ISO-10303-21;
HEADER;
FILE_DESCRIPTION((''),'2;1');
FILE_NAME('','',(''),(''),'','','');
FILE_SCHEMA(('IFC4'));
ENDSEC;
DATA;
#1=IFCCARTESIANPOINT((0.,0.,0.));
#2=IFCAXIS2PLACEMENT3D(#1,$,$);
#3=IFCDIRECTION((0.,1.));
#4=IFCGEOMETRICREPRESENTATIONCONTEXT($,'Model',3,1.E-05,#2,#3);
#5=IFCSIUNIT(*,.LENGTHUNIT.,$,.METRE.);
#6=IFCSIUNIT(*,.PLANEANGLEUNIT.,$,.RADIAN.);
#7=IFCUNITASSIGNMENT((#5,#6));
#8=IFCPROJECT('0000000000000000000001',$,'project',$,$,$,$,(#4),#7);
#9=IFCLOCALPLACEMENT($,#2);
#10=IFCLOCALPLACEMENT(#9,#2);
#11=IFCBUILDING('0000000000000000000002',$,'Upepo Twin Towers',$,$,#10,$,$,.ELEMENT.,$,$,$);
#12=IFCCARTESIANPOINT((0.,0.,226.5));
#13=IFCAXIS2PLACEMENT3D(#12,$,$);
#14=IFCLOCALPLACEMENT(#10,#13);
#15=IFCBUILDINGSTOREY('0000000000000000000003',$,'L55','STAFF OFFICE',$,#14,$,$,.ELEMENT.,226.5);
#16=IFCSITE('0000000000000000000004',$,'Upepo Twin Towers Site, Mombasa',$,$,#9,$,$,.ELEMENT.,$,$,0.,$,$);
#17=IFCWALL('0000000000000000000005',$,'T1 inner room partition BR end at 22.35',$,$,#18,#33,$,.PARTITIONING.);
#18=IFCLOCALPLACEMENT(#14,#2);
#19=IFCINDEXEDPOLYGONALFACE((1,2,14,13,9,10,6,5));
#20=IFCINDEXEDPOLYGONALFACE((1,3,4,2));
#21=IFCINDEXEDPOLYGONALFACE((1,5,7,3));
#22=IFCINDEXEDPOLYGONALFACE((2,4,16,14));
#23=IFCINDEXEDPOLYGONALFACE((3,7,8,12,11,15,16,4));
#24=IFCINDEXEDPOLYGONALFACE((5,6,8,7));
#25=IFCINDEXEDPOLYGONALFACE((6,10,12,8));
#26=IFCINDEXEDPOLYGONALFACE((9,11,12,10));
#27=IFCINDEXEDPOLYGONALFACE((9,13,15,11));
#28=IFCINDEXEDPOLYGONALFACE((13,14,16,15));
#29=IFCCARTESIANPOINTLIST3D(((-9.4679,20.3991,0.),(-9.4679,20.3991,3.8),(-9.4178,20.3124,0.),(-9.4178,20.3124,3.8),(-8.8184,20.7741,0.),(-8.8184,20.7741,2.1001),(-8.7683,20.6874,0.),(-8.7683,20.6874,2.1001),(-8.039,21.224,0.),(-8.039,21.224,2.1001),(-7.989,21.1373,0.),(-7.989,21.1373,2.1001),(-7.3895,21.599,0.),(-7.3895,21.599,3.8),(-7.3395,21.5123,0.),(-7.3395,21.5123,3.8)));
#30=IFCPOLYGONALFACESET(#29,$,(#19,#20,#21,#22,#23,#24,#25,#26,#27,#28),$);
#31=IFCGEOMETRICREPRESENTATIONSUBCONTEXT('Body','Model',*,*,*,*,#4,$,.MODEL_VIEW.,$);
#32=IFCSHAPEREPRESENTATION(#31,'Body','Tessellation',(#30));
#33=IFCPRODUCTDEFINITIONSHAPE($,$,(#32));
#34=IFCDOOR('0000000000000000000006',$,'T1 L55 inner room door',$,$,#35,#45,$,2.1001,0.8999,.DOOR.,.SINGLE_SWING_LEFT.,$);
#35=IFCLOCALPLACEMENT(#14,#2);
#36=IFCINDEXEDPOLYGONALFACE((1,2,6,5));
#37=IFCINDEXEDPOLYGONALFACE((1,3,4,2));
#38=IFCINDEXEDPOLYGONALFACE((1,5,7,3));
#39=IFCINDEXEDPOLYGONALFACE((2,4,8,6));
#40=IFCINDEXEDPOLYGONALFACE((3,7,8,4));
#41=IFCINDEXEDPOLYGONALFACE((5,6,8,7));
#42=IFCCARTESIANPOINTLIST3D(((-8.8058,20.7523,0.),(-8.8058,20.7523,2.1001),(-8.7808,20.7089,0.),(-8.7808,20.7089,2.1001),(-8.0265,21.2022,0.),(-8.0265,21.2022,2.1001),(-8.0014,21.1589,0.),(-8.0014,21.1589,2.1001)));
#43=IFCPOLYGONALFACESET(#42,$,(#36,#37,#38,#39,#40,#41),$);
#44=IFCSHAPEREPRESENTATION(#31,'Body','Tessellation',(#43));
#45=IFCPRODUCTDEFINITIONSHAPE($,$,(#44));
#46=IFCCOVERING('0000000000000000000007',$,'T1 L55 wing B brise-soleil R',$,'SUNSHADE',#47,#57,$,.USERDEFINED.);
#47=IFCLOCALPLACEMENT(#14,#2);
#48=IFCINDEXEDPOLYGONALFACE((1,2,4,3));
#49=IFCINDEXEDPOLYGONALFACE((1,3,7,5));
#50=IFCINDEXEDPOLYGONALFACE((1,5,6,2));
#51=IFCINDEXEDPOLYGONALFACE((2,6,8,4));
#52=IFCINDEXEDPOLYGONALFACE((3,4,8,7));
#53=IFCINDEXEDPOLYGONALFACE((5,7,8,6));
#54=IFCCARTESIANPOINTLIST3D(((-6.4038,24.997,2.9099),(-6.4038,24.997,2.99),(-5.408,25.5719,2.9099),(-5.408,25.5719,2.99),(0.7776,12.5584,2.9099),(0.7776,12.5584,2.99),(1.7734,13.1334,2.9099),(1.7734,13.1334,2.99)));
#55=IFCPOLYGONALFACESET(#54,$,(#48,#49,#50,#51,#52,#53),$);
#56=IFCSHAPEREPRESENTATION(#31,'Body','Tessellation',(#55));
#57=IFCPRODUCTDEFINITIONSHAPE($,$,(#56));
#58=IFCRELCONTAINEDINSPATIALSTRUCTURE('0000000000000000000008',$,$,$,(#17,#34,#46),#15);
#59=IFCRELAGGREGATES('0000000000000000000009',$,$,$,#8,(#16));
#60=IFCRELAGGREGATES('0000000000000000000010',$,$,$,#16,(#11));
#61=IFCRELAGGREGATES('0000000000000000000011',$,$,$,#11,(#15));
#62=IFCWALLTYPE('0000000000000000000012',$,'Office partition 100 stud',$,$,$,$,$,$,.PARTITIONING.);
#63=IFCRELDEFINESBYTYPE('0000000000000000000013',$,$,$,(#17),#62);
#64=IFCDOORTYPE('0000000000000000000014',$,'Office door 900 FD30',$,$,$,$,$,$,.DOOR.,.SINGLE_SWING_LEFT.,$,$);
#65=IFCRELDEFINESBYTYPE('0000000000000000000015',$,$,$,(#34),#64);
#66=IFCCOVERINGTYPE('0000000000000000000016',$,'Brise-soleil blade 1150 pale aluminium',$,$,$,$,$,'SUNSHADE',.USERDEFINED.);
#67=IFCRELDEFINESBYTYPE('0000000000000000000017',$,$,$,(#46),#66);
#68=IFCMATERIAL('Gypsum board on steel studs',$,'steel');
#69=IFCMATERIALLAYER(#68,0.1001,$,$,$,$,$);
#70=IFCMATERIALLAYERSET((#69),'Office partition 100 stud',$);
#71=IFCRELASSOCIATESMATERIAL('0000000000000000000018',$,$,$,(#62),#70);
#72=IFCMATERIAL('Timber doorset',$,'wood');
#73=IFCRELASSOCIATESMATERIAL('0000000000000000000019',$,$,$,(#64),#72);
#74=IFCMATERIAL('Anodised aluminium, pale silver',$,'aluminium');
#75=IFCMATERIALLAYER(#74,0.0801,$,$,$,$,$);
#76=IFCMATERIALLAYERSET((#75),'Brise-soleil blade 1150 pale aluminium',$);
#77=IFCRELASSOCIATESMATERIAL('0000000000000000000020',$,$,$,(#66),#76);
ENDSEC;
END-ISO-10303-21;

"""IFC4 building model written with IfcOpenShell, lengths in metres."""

from ifc_helpers import new_model, si_unit, direction, frame, frame_2d, origin, origin_2d, place, context, subcontext, project, spatial, rectangle, extrude, material, layer, layer_set, type_object, element, fill, save


model = new_model("IFC4")

# Units and contexts
model_context = context("Model", 3, precision=1e-05, world=origin(), true_north=direction((0.0, 1.0)))
body_context = subcontext(model_context, "Body", "Model", "MODEL_VIEW")
ifc_project = project(units=[si_unit("LENGTHUNIT", "METRE"), si_unit("PLANEANGLEUNIT", "RADIAN")], contexts=[model_context])

# Site, building, storey
site_placement = place(None, origin())
site = spatial("IfcSite", under=ifc_project, at=site_placement, Name="Upepo Twin Towers Site, Mombasa", CompositionType="ELEMENT", RefElevation=0.0)
building_placement = place(site_placement, origin())
building = spatial("IfcBuilding", under=site, at=building_placement, Name="Upepo Twin Towers", CompositionType="ELEMENT")
storey_placement = place(building_placement, frame((0.0, 0.0, 226.5)))
storey = spatial("IfcBuildingStorey", under=building, at=storey_placement, Name="L55", Description="STAFF OFFICE", CompositionType="ELEMENT", Elevation=226.5)

# Shared definitions
ifc_material_1 = material(Name="Gypsum board on steel studs", Category="steel")
ifc_layer_1 = layer(ifc_material_1, 0.1001)
ifc_layer_set_1 = layer_set([ifc_layer_1], Name="Office partition 100 stud")
wall_type_1 = type_object("IfcWallType", Name="Office partition 100 stud", PredefinedType="PARTITIONING", material=ifc_layer_set_1)

# Shared definitions
ifc_material_2 = material(Name="Timber doorset", Category="wood")
door_type = type_object("IfcDoorType", Name="Office door 900 FD30", OperationType="SINGLE_SWING_LEFT", PredefinedType="DOOR", material=ifc_material_2)

# Wall, opening, door
wall_1_placement = place(storey_placement, frame((-9.4429, 20.3557, 0.0), z_axis=(0.0, 0.0, 1.0), x_axis=(0.866025, 0.500001, 0.0)))
wall_1 = element("IfcWall", 1, at=wall_1_placement, inside=storey, type_object=wall_type_1, Name="T1 inner room partition BR end at 22.35", PredefinedType="PARTITIONING", context=body_context, shape_type="SweptSolid", body=[
    extrude(rectangle(XDim=2.3999, YDim=0.1001, at=frame_2d((1.2, 0.0))), origin(), (0.0, 0.0, 1.0), 3.8),
])
opening_1_placement = place(wall_1_placement, frame((0.75, 0.0, 0.0)))
opening_1 = element("IfcOpeningElement", 2, at=opening_1_placement, cuts=wall_1, PredefinedType="OPENING", context=body_context, shape_type="SweptSolid", body=[
    extrude(rectangle(XDim=0.8999, YDim=2.1001, at=frame_2d((0.45, 1.05))), frame((0.0, 0.0601, 0.0), z_axis=(0.0, -1.0, 0.0), x_axis=(1.0, 0.0, 0.0)), (0.0, 0.0, 1.0), 0.1201),
])
door_1_placement = place(opening_1_placement, origin())
door_1 = element("IfcDoor", 3, at=door_1_placement, inside=storey, type_object=door_type, Name="T1 L55 inner room door", OperationType="SINGLE_SWING_LEFT", OverallHeight=2.1001, OverallWidth=0.8999, PredefinedType="DOOR", context=body_context, shape_type="SweptSolid", body=[
    extrude(rectangle(XDim=0.8999, YDim=2.1001, at=frame_2d((0.45, 1.05))), frame((0.0, 0.0249, 0.0), z_axis=(0.0, -1.0, 0.0), x_axis=(1.0, 0.0, 0.0)), (0.0, 0.0, 1.0), 0.05),
])
fill(opening_1, door_1)

# Covering
ifc_material_3 = material(Name="Anodised aluminium, pale silver", Category="aluminium")
ifc_layer_2 = layer(ifc_material_3, 0.0801)
ifc_layer_set_2 = layer_set([ifc_layer_2], Name="Brise-soleil blade 1150 pale aluminium")
covering_type = type_object("IfcCoveringType", Name="Brise-soleil blade 1150 pale aluminium", ElementType="SUNSHADE", PredefinedType="USERDEFINED", material=ifc_layer_set_2)
covering_placement = place(storey_placement, frame((-2.3152, 19.0652, 2.9099), z_axis=(0.0, 0.0, 1.0), x_axis=(-0.5, 0.866025, 0.0)))
element("IfcCovering", 4, at=covering_placement, inside=storey, type_object=covering_type, Name="T1 L55 wing B brise-soleil R", ObjectType="SUNSHADE", PredefinedType="USERDEFINED", context=body_context, shape_type="SweptSolid", body=[
    extrude(rectangle(XDim=14.3628, YDim=1.1499, at=origin_2d()), origin(), (0.0, 0.0, 1.0), 0.0801),
])

save(model, "model.ifc")
